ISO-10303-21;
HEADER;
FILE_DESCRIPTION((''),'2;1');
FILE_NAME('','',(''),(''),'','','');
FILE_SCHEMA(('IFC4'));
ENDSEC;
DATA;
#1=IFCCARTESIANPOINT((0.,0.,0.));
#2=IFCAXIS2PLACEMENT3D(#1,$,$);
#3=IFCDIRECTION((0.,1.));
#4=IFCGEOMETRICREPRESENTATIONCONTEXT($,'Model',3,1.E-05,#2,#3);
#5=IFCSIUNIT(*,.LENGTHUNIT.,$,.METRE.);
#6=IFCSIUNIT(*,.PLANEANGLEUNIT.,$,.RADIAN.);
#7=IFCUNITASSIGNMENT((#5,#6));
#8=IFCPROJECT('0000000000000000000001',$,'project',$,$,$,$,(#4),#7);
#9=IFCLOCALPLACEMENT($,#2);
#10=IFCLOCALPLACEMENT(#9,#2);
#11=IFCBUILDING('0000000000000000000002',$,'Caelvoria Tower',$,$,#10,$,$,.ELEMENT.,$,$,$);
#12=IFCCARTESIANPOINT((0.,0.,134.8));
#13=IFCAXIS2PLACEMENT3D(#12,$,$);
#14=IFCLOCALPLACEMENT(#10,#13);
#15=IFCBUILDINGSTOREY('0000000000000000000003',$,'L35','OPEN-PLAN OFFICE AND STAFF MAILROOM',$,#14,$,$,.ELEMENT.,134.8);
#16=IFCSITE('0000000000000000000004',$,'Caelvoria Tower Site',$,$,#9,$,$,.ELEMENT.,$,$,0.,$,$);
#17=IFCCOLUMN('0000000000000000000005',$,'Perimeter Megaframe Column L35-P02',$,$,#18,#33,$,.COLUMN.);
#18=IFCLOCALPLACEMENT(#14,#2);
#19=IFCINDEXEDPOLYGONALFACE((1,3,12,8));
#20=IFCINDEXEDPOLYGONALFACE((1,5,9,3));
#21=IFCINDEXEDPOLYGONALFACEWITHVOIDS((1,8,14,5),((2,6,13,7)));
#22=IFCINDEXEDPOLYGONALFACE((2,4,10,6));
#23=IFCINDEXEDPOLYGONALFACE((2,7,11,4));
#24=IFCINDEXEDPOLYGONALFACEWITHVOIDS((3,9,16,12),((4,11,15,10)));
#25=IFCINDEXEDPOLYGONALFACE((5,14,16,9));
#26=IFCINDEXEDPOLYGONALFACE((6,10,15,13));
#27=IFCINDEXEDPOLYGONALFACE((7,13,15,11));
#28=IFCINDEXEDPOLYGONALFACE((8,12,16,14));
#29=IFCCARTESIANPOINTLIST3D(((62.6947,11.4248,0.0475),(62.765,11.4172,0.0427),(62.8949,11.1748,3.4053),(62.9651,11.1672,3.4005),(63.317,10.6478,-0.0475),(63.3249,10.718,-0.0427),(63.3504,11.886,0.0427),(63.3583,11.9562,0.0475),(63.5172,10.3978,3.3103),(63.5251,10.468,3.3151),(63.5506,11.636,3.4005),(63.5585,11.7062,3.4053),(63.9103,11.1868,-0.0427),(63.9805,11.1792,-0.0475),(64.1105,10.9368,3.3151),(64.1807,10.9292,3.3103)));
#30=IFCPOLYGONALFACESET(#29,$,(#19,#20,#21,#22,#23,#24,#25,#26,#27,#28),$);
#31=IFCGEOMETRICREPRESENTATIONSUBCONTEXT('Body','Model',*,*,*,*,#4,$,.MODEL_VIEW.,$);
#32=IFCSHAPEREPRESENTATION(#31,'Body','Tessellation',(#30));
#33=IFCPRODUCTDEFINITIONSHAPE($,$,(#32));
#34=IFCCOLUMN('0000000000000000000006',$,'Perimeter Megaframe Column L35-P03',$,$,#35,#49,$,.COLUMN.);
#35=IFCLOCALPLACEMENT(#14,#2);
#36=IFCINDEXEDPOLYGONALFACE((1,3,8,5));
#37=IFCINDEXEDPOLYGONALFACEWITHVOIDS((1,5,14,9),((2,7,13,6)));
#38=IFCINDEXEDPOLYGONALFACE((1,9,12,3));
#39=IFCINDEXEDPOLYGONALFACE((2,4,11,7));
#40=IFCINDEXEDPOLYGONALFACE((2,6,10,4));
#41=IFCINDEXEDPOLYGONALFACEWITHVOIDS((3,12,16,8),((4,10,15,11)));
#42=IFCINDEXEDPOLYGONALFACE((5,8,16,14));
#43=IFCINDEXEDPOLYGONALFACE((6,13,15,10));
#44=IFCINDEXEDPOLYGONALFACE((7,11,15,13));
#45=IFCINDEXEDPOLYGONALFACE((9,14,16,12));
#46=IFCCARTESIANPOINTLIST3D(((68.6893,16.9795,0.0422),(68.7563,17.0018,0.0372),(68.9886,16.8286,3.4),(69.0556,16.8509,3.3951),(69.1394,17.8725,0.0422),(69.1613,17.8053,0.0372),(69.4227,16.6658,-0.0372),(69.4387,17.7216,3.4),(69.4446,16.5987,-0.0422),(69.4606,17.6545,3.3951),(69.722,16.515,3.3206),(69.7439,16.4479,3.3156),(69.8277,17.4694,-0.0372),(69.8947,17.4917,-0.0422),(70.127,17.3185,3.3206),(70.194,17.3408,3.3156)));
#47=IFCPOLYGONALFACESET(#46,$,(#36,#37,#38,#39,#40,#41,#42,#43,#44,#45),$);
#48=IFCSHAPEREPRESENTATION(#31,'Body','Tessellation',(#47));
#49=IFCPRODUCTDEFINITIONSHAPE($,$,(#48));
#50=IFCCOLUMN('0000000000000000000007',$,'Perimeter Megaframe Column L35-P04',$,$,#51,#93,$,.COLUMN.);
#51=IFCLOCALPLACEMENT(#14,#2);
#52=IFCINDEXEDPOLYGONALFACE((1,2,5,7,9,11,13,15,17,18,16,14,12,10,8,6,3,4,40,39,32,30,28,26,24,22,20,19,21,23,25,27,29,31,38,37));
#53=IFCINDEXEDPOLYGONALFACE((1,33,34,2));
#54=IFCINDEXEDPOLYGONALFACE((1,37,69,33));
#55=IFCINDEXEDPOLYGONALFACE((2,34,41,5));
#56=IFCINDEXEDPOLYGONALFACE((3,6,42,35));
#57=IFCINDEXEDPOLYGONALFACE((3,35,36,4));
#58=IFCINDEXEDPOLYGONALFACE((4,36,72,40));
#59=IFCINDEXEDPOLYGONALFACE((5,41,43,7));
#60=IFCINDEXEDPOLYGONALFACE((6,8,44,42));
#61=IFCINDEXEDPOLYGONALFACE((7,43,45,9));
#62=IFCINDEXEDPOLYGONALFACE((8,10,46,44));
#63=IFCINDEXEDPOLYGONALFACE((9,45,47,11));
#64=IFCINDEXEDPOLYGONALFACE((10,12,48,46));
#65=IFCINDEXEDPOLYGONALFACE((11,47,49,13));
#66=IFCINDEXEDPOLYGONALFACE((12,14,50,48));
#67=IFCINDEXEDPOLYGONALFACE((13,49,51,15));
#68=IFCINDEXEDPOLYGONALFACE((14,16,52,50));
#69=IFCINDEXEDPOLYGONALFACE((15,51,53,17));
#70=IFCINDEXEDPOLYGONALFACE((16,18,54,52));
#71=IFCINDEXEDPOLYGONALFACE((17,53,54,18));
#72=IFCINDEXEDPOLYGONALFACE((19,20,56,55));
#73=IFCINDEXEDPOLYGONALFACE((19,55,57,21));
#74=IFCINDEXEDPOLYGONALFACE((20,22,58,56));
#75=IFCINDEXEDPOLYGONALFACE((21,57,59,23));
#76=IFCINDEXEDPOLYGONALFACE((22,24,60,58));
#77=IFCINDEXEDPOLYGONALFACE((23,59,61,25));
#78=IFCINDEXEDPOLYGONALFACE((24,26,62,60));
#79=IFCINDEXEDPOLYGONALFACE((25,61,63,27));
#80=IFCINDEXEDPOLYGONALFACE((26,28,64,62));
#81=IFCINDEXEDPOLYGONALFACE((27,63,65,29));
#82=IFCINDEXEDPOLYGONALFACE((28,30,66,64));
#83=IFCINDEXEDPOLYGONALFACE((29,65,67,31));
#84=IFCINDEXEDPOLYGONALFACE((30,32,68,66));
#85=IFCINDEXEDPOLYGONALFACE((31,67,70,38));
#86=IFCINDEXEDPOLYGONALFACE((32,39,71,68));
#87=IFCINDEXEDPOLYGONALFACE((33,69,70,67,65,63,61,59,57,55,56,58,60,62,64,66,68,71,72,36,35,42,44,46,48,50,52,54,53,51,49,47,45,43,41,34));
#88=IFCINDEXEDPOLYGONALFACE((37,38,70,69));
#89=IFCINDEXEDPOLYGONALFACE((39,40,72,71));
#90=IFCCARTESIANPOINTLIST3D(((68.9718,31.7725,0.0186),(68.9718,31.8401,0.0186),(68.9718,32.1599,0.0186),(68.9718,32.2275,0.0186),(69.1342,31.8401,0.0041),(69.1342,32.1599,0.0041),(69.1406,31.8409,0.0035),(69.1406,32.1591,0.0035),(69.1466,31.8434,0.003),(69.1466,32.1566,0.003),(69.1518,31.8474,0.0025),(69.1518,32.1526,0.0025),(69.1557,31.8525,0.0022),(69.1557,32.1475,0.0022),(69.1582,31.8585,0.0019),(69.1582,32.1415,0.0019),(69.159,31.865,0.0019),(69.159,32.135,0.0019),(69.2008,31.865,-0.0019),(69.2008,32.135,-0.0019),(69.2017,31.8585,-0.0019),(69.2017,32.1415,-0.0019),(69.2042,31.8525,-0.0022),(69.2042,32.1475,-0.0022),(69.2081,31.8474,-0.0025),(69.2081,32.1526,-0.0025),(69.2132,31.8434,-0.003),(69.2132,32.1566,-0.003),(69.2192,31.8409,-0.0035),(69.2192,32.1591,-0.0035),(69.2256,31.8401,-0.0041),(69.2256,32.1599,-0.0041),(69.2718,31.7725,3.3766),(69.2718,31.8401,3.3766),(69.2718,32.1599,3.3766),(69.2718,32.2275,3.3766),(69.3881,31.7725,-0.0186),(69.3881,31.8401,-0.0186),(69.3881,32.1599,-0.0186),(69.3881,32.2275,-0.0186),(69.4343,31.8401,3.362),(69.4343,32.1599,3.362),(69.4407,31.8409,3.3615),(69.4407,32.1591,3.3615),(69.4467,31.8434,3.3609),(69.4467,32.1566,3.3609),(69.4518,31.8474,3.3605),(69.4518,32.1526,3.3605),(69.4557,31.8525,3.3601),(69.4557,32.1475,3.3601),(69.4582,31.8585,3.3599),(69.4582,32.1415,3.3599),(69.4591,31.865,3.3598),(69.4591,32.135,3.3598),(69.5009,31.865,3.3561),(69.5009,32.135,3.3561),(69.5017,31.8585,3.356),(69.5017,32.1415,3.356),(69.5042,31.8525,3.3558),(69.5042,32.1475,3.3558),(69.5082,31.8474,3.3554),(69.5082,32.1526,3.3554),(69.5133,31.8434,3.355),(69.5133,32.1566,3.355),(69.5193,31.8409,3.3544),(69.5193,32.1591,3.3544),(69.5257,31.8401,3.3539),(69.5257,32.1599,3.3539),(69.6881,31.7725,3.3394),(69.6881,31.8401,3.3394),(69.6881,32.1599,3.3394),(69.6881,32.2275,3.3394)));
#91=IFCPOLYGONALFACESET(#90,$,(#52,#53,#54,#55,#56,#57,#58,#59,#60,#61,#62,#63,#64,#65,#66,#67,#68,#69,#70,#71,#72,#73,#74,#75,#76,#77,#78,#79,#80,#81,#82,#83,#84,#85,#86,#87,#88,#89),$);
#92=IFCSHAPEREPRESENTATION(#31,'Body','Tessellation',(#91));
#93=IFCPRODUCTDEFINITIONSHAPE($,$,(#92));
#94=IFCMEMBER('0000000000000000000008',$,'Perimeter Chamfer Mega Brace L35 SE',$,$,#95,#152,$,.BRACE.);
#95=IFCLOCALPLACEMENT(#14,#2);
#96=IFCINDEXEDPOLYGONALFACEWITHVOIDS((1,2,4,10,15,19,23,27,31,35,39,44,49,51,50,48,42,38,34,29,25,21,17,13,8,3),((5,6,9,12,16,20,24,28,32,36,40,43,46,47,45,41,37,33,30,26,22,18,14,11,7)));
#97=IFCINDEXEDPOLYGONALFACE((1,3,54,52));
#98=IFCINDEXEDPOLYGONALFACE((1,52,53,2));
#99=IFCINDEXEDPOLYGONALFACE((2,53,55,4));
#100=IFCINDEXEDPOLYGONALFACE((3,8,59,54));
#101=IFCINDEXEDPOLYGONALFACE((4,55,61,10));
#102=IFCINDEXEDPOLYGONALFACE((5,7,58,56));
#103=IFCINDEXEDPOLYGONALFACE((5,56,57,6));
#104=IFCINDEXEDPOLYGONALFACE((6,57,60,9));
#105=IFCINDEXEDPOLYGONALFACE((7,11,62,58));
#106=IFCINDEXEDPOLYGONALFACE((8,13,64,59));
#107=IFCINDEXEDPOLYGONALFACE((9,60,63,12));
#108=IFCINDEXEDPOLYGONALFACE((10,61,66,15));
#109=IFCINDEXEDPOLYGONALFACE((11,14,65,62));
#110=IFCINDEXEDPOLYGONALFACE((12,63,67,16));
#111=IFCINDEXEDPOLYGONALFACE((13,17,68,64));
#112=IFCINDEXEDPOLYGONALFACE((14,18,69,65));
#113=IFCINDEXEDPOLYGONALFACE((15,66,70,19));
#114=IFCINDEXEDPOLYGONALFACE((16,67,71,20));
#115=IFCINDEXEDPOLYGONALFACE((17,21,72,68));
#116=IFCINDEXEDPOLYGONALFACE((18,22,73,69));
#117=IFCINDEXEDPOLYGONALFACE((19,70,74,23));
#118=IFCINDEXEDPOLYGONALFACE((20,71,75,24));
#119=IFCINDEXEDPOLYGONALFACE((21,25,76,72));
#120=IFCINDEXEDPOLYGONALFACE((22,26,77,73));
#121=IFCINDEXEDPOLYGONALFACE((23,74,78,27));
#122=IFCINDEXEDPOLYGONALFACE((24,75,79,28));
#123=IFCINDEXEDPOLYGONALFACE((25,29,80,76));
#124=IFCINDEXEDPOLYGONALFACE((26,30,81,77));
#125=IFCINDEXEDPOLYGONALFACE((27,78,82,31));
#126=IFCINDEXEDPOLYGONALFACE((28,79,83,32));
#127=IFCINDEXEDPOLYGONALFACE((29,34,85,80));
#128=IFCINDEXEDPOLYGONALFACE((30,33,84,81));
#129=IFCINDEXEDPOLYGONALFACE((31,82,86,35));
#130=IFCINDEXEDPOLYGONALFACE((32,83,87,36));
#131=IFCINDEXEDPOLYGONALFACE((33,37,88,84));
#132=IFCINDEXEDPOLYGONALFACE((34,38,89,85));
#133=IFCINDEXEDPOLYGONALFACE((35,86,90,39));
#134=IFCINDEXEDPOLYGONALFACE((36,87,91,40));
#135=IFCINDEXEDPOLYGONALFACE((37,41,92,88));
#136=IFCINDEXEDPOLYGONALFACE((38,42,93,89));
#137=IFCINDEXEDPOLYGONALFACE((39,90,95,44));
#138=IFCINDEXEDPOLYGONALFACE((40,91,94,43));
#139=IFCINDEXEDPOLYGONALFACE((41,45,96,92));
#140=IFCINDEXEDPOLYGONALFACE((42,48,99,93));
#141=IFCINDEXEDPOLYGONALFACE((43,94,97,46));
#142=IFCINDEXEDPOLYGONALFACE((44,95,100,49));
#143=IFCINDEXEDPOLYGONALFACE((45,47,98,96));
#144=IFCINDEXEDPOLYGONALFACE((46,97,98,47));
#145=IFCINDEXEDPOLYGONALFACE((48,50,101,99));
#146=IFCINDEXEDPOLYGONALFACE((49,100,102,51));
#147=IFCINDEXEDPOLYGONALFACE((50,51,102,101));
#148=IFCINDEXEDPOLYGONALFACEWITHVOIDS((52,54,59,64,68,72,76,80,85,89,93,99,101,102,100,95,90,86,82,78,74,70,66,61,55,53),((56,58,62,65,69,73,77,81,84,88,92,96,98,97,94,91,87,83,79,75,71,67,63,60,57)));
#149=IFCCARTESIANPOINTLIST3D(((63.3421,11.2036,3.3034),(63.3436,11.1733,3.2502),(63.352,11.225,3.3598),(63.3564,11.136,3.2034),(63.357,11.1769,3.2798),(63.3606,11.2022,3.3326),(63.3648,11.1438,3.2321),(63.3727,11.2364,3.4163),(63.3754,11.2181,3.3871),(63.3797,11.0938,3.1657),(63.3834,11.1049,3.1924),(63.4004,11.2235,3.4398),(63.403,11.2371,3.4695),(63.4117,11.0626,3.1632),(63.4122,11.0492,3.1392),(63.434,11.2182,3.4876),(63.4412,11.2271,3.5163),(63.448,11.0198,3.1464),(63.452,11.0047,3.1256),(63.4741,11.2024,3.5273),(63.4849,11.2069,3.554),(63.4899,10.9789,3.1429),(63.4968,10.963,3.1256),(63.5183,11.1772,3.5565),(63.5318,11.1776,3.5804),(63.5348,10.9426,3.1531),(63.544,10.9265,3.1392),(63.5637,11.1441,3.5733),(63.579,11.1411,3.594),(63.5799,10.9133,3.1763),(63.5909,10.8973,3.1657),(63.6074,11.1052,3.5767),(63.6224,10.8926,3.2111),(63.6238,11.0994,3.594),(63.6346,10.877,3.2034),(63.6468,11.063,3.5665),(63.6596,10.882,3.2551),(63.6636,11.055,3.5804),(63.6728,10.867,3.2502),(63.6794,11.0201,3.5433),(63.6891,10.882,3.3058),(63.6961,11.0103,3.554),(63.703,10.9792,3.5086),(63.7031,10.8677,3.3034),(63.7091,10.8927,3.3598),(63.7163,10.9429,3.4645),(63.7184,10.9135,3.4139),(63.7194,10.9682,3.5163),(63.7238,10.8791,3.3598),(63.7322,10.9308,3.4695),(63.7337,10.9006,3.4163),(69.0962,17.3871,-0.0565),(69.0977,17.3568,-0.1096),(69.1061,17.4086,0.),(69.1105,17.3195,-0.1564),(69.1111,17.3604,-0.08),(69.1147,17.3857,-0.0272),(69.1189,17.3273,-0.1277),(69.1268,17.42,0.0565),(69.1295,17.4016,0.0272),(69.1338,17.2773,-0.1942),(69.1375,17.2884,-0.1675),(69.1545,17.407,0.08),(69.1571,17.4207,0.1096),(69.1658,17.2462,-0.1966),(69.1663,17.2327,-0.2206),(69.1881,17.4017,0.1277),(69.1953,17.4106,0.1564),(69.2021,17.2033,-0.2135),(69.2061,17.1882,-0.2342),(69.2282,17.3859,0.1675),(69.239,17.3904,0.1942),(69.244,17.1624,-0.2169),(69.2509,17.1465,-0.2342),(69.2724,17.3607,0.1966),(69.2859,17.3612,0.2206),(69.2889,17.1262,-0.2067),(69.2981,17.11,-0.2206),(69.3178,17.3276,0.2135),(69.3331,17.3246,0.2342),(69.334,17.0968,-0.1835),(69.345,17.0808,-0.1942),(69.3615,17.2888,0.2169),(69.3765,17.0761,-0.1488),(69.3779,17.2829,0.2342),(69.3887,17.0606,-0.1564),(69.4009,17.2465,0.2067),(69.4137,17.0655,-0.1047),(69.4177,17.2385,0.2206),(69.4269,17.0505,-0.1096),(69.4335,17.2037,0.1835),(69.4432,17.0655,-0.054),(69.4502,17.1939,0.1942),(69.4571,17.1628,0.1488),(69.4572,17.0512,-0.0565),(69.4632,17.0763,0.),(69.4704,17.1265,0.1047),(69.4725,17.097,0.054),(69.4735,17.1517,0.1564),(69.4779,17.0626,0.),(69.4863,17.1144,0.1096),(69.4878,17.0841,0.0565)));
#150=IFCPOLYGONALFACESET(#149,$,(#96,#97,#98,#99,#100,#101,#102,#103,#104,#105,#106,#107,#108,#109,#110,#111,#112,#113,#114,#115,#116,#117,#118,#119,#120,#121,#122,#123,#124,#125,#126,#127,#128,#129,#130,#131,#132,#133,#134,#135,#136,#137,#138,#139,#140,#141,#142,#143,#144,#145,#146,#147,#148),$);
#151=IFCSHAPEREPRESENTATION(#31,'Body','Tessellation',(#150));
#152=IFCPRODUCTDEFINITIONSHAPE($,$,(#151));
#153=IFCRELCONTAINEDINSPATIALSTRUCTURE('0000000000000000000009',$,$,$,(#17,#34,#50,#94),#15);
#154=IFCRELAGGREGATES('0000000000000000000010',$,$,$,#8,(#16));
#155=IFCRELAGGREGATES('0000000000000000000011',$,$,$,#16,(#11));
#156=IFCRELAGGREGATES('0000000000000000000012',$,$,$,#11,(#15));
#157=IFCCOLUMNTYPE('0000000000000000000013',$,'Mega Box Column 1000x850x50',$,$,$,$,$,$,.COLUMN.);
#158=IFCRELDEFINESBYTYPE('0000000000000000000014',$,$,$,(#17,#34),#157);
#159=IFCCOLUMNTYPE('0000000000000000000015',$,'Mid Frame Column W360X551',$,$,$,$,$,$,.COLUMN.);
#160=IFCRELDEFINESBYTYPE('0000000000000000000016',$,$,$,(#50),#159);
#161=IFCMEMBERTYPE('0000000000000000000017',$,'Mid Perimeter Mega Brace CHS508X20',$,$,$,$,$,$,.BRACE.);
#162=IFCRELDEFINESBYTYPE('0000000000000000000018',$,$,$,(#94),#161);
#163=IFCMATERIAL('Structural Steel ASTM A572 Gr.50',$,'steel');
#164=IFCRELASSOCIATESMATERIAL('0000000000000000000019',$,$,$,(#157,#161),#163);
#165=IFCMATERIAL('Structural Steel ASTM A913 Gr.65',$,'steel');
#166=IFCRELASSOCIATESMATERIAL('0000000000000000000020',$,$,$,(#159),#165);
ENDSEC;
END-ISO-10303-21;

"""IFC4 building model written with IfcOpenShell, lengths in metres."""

from ifc_helpers import new_model, si_unit, direction, frame, origin, origin_2d, place, context, subcontext, project, spatial, hollow_rectangle, hollow_circle, i_section, extrude, material, material_profile, profile_set, type_object, element, save


model = new_model("IFC4")

# Units and contexts
model_context = context("Model", 3, precision=1e-05, world=origin(), true_north=direction((0.0, 1.0)))
body_context = subcontext(model_context, "Body", "Model", "MODEL_VIEW")
ifc_project = project(units=[si_unit("LENGTHUNIT", "METRE"), si_unit("PLANEANGLEUNIT", "RADIAN")], contexts=[model_context])

# Site, building, storey
site_placement = place(None, origin())
site = spatial("IfcSite", under=ifc_project, at=site_placement, Name="Caelvoria Tower Site", CompositionType="ELEMENT", RefElevation=0.0)
building_placement = place(site_placement, origin())
building = spatial("IfcBuilding", under=site, at=building_placement, Name="Caelvoria Tower", CompositionType="ELEMENT")
storey_placement = place(building_placement, frame((0.0, 0.0, 134.8)))
storey = spatial("IfcBuildingStorey", under=building, at=storey_placement, Name="L35", Description="OPEN-PLAN OFFICE AND STAFF MAILROOM", CompositionType="ELEMENT", Elevation=134.8)

# Columns
ifc_material_1 = material(Name="Structural Steel ASTM A572 Gr.50", Category="steel")
ifc_material_profile_1 = material_profile(ifc_material_1, hollow_rectangle(XDim=0.8501, YDim=1.0, WallThickness=0.05, at=origin_2d()), Name="Structural Steel ASTM A572 Gr.50")
ifc_profile_set_1 = profile_set([ifc_material_profile_1], Name="BOX1000X850X50 - Structural Steel ASTM A572 Gr.50")
column_type_1 = type_object("IfcColumnType", Name="Mega Box Column 1000x850x50", PredefinedType="COLUMN", material=ifc_profile_set_1)
column_1_placement = place(storey_placement, frame((63.3376, 11.302, 0.0), z_axis=(0.05935, -0.074115, 0.995482), x_axis=(0.780571, 0.625067, 0.0)))
element("IfcColumn", 1, at=column_1_placement, inside=storey, type_object=column_type_1, Name="Perimeter Megaframe Column L35-P02", PredefinedType="COLUMN", context=body_context, shape_type="SweptSolid", body=[
    extrude(hollow_rectangle(XDim=0.8501, YDim=1.0, WallThickness=0.05, at=origin_2d()), origin(), (0.0, 0.0, 1.0), 3.373),
])
column_2_placement = place(storey_placement, frame((69.292, 17.2356, 0.0), z_axis=(0.088697, -0.04471, 0.995055), x_axis=(-0.88855, 0.447899, 0.099328)))
element("IfcColumn", 2, at=column_2_placement, inside=storey, type_object=column_type_1, Name="Perimeter Megaframe Column L35-P03", PredefinedType="COLUMN", context=body_context, shape_type="SweptSolid", body=[
    extrude(hollow_rectangle(XDim=0.8501, YDim=1.0, WallThickness=0.05, at=origin_2d()), origin(), (0.0, 0.0, 1.0), 3.3745),
])
ifc_material_2 = material(Name="Structural Steel ASTM A913 Gr.65", Category="steel")
ifc_material_profile_2 = material_profile(ifc_material_2, i_section(OverallWidth=0.418, OverallDepth=0.4551, WebThickness=0.042, FlangeThickness=0.0676, FilletRadius=0.0249, at=origin_2d()), Name="Structural Steel ASTM A913 Gr.65")
ifc_profile_set_2 = profile_set([ifc_material_profile_2], Name="W360X551 - Structural Steel ASTM A913 Gr.65")
column_type_2 = type_object("IfcColumnType", Name="Mid Frame Column W360X551", PredefinedType="COLUMN", material=ifc_profile_set_2)
column_3_placement = place(storey_placement, frame((69.1799, 32.0, 0.0), z_axis=(0.089001, 0.0, 0.996032), x_axis=(-0.996032, 0.0, 0.089001)))
element("IfcColumn", 3, at=column_3_placement, inside=storey, type_object=column_type_2, Name="Perimeter Megaframe Column L35-P04", PredefinedType="COLUMN", context=body_context, shape_type="SweptSolid", body=[
    extrude(i_section(OverallWidth=0.418, OverallDepth=0.4551, WebThickness=0.042, FlangeThickness=0.0676, FilletRadius=0.0249, at=origin_2d()), origin(), (0.0, 0.0, 1.0), 3.3713),
])

# Member
ifc_material_profile_3 = material_profile(ifc_material_1, hollow_circle(Radius=0.2539, WallThickness=0.02, at=origin_2d()), Name="Structural Steel ASTM A572 Gr.50")
ifc_profile_set_3 = profile_set([ifc_material_profile_3], Name="CHS508X20 - Structural Steel ASTM A572 Gr.50")
member_type = type_object("IfcMemberType", Name="Mid Perimeter Mega Brace CHS508X20", PredefinedType="BRACE", material=ifc_profile_set_3)
member_placement = place(storey_placement, frame((69.292, 17.2356, 0.0), z_axis=(-0.632991, -0.680232, 0.369605), x_axis=(0.73207, -0.681229, 0.0)))
element("IfcMember", 4, at=member_placement, inside=storey, type_object=member_type, Name="Perimeter Chamfer Mega Brace L35 SE", PredefinedType="BRACE", context=body_context, shape_type="SweptSolid", body=[
    extrude(hollow_circle(Radius=0.2539, WallThickness=0.02, at=origin_2d()), origin(), (0.0, 0.0, 1.0), 9.0903),
])

save(model, "model.ifc")
